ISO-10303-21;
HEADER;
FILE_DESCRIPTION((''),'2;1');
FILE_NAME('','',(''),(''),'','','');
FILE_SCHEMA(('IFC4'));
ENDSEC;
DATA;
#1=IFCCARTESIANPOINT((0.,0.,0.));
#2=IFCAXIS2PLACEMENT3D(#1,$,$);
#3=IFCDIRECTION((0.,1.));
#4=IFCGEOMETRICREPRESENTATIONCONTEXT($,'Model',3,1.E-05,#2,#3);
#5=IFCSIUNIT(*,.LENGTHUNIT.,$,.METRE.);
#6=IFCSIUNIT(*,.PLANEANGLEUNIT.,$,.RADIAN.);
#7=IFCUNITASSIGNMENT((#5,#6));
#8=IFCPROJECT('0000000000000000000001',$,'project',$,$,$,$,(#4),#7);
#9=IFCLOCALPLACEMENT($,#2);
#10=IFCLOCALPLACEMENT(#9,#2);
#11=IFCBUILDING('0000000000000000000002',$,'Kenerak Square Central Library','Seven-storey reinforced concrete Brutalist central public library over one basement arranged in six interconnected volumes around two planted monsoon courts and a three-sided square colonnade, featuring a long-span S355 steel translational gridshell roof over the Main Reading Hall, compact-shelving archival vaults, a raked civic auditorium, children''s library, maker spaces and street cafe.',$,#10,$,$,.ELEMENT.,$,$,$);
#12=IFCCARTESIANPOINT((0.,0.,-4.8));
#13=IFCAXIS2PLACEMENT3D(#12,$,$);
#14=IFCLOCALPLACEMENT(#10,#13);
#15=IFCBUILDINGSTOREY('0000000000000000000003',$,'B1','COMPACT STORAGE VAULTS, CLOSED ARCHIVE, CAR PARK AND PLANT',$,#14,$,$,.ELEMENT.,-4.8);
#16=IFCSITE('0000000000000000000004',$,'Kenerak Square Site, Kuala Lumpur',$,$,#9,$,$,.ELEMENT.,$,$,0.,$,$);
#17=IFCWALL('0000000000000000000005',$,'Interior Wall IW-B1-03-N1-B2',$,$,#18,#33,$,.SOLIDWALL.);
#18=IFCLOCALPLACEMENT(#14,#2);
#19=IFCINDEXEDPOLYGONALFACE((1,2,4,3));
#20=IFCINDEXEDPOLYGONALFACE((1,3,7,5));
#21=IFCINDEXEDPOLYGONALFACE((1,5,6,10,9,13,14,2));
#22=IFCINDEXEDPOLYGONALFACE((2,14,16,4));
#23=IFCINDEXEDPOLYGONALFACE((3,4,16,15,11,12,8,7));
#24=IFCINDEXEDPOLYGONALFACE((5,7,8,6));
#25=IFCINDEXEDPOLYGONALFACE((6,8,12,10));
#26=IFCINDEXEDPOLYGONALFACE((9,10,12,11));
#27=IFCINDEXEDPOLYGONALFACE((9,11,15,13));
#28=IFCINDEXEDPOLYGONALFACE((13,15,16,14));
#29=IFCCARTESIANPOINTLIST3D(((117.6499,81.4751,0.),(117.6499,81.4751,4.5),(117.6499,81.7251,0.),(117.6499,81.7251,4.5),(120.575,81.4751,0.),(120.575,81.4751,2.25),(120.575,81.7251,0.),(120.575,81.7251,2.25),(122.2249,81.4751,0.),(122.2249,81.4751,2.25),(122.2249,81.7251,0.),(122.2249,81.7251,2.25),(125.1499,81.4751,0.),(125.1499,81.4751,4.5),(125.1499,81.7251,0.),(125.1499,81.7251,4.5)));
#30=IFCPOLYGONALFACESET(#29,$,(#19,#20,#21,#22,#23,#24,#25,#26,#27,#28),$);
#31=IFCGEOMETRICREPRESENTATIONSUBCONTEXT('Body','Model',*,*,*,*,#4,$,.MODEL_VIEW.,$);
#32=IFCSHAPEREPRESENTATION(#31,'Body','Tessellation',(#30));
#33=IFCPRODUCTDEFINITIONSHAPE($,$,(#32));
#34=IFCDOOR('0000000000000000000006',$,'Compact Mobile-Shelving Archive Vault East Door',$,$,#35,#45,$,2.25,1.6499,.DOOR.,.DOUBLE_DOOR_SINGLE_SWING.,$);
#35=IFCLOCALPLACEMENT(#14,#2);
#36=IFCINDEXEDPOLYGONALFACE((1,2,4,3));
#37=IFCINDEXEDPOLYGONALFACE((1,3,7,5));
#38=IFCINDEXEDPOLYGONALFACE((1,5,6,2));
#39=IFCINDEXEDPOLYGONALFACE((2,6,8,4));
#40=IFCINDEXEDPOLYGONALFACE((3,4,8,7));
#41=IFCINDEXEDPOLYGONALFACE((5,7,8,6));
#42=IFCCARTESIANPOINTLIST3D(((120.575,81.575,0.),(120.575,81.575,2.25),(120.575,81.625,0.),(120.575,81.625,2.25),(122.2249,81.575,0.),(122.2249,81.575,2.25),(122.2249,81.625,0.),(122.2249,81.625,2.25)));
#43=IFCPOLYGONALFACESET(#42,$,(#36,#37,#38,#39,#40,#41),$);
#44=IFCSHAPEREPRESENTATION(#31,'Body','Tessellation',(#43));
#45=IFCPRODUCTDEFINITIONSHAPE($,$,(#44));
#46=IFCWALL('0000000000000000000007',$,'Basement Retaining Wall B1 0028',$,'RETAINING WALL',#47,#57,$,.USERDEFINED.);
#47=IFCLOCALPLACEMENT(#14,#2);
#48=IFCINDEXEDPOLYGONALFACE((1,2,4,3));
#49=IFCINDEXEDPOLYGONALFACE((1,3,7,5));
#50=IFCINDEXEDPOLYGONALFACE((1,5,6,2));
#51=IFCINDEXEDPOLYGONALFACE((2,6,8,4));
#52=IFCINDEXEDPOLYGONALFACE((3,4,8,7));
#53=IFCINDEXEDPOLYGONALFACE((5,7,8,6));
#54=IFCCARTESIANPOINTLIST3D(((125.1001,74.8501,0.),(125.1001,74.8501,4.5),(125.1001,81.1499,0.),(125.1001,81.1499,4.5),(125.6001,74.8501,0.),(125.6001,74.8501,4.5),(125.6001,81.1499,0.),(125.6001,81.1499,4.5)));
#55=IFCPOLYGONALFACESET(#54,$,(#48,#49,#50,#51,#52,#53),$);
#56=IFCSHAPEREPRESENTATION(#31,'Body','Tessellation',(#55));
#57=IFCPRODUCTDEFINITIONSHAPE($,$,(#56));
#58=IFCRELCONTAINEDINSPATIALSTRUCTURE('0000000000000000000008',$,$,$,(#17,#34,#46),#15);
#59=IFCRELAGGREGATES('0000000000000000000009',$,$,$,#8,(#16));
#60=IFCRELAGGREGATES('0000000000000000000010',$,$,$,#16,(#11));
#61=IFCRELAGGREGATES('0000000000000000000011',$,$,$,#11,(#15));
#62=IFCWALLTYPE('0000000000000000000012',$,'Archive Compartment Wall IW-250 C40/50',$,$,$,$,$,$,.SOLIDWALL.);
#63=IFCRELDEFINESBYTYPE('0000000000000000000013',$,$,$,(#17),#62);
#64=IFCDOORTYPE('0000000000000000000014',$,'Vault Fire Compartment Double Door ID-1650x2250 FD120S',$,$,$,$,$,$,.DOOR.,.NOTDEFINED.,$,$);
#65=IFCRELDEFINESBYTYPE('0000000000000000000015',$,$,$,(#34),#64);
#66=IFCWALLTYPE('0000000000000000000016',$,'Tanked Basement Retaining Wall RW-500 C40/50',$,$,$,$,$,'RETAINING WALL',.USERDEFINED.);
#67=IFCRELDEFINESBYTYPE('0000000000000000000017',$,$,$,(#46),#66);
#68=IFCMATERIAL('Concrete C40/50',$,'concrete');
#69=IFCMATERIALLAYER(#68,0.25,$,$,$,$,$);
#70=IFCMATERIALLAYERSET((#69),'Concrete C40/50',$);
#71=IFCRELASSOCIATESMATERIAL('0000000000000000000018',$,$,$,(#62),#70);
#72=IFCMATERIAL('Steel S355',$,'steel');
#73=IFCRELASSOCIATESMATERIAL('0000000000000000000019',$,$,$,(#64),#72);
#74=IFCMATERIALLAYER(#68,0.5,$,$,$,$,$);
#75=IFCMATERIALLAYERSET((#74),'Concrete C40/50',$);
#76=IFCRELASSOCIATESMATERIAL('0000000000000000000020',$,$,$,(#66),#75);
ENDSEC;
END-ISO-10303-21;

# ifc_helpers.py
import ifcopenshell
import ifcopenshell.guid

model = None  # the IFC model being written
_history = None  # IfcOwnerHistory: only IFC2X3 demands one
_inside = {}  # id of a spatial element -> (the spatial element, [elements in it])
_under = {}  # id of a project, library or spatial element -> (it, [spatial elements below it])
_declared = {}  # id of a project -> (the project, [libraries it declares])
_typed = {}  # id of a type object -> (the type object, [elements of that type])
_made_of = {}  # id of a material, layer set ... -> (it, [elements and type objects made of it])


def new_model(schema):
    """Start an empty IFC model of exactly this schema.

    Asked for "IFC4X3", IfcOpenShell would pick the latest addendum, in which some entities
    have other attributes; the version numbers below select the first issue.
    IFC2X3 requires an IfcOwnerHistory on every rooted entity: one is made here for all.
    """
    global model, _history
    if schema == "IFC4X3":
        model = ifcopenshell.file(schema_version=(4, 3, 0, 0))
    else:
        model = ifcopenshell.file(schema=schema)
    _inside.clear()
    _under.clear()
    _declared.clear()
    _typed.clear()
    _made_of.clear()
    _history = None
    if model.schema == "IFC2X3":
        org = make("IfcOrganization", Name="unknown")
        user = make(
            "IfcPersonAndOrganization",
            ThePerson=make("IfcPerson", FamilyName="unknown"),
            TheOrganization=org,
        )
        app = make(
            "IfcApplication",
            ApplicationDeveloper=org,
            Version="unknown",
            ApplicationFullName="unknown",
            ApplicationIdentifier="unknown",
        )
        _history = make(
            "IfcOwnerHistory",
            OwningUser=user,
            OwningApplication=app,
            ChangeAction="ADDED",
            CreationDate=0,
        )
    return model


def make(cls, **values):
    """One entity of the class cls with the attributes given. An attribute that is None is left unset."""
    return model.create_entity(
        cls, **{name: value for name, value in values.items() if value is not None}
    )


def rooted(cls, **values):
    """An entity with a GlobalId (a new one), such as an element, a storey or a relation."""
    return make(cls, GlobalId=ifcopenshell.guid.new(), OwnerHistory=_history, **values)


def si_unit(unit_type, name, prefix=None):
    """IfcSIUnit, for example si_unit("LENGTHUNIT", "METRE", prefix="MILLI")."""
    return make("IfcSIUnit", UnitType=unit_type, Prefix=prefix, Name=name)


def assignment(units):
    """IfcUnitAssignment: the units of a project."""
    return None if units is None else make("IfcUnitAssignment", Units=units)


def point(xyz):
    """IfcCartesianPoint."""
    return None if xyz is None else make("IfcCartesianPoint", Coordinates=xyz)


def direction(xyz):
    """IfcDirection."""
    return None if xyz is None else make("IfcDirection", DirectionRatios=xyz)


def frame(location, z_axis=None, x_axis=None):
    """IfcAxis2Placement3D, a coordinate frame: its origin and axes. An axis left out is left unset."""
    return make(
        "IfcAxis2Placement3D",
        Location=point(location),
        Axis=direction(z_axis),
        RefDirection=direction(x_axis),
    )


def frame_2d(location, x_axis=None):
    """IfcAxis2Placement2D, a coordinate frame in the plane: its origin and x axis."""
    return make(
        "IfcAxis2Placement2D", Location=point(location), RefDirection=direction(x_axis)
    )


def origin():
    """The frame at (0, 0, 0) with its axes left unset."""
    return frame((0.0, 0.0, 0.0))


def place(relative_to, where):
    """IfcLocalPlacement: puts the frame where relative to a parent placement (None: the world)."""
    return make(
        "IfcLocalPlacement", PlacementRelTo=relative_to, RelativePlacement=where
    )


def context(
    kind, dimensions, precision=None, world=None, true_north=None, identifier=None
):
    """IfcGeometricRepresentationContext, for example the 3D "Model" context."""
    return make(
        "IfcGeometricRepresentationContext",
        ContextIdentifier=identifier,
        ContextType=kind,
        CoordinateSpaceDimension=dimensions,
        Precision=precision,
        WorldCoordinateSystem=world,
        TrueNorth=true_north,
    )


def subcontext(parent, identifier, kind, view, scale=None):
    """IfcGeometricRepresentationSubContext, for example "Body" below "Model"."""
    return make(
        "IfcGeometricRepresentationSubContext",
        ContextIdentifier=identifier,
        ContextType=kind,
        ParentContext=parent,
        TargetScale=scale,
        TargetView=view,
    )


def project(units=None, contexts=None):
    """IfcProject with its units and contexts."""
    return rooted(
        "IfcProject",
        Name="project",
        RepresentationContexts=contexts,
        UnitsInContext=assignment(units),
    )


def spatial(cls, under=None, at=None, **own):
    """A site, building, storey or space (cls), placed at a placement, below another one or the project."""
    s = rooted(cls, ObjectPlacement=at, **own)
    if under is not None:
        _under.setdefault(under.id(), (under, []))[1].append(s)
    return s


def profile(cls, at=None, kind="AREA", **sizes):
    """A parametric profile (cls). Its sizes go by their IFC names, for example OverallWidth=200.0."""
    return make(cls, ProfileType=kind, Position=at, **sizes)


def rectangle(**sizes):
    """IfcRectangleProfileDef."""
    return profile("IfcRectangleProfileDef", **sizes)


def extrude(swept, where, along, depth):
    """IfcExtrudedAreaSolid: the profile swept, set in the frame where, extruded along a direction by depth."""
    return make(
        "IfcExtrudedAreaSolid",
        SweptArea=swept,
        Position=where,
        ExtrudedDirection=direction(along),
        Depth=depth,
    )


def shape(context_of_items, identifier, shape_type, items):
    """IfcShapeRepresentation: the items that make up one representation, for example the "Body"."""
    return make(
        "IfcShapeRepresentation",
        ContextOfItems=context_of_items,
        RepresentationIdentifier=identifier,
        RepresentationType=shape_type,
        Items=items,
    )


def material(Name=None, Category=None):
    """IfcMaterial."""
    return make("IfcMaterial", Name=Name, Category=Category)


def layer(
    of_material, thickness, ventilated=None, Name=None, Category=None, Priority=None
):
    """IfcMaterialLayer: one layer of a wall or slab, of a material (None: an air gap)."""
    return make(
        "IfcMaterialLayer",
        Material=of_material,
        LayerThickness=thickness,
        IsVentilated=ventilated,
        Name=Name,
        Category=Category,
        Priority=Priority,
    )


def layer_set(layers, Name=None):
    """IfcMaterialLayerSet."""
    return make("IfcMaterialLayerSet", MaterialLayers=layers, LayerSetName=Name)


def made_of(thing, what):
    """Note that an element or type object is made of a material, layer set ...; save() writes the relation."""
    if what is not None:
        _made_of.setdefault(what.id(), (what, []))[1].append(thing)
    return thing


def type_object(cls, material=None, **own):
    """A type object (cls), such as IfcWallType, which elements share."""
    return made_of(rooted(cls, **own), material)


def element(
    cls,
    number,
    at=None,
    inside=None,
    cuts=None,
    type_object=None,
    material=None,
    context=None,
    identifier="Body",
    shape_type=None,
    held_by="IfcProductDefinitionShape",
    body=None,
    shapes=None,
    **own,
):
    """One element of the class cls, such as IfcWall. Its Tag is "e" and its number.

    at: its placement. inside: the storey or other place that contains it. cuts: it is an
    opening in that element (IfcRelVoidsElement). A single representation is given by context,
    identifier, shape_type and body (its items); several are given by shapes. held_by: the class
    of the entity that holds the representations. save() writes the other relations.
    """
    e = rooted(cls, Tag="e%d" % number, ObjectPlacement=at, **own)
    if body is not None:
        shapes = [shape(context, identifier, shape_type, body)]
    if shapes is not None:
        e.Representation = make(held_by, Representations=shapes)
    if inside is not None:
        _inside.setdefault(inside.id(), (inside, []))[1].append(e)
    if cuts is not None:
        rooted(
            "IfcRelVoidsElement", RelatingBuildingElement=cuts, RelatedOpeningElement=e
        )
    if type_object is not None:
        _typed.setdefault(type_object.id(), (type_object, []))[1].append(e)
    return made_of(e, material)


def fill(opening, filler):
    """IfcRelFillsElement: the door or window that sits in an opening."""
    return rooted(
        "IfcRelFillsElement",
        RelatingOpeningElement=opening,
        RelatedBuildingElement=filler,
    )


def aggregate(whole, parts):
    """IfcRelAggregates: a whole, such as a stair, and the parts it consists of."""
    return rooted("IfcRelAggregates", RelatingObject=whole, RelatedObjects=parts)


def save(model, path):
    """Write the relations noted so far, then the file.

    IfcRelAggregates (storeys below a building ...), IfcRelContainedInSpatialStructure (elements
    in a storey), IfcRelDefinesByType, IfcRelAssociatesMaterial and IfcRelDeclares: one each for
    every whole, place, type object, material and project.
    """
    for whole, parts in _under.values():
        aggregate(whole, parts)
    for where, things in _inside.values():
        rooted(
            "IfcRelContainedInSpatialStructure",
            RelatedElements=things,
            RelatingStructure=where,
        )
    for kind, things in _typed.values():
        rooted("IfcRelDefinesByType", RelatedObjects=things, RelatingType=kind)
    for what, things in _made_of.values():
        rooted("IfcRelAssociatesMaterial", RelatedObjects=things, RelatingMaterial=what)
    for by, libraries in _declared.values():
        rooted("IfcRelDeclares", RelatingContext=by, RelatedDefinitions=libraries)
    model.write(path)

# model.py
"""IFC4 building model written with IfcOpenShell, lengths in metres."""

from ifc_helpers import new_model, si_unit, direction, frame, frame_2d, origin, place, context, subcontext, project, spatial, rectangle, extrude, material, layer, layer_set, type_object, element, fill, save


model = new_model("IFC4")

# Units and contexts
model_context = context("Model", 3, precision=1e-05, world=origin(), true_north=direction((0.0, 1.0)))
body_context = subcontext(model_context, "Body", "Model", "MODEL_VIEW")
ifc_project = project(units=[si_unit("LENGTHUNIT", "METRE"), si_unit("PLANEANGLEUNIT", "RADIAN")], contexts=[model_context])

# Site, building, storey
site_placement = place(None, origin())
site = spatial("IfcSite", under=ifc_project, at=site_placement, Name="Kenerak Square Site, Kuala Lumpur", CompositionType="ELEMENT", RefElevation=0.0)
building_placement = place(site_placement, origin())
building = spatial("IfcBuilding", under=site, at=building_placement, Name="Kenerak Square Central Library", Description="Seven-storey reinforced concrete Brutalist central public library over one basement arranged in six interconnected volumes around two planted monsoon courts and a three-sided square colonnade, featuring a long-span S355 steel translational gridshell roof over the Main Reading Hall, compact-shelving archival vaults, a raked civic auditorium, children's library, maker spaces and street cafe.", CompositionType="ELEMENT")
storey_placement = place(building_placement, frame((0.0, 0.0, -4.8)))
storey = spatial("IfcBuildingStorey", under=building, at=storey_placement, Name="B1", Description="COMPACT STORAGE VAULTS, CLOSED ARCHIVE, CAR PARK AND PLANT", CompositionType="ELEMENT", Elevation=-4.8)

# Shared definitions
ifc_material_1 = material(Name="Concrete C40/50", Category="concrete")

# Wall, opening, door
ifc_layer_1 = layer(ifc_material_1, 0.25)
ifc_layer_set_1 = layer_set([ifc_layer_1], Name="Concrete C40/50")
wall_type_1 = type_object("IfcWallType", Name="Archive Compartment Wall IW-250 C40/50", PredefinedType="SOLIDWALL", material=ifc_layer_set_1)
wall_1_placement = place(storey_placement, frame((117.6499, 81.6001, 0.0), z_axis=(0.0, 0.0, 1.0), x_axis=(1.0, 0.0, 0.0)))
wall_1 = element("IfcWall", 1, at=wall_1_placement, inside=storey, type_object=wall_type_1, Name="Interior Wall IW-B1-03-N1-B2", PredefinedType="SOLIDWALL", context=body_context, shape_type="SweptSolid", body=[
    extrude(rectangle(XDim=7.5, YDim=0.25, at=frame_2d((3.75, 0.0))), origin(), (0.0, 0.0, 1.0), 4.5),
])
opening_placement = place(wall_1_placement, frame((2.925, 0.0, 0.0)))
opening = element("IfcOpeningElement", 2, at=opening_placement, cuts=wall_1, PredefinedType="OPENING", context=body_context, shape_type="SweptSolid", body=[
    extrude(rectangle(XDim=1.6499, YDim=2.25, at=frame_2d((0.825, 1.125))), frame((0.0, 0.135, 0.0), z_axis=(0.0, -1.0, 0.0), x_axis=(1.0, 0.0, 0.0)), (0.0, 0.0, 1.0), 0.27),
])
ifc_material_2 = material(Name="Steel S355", Category="steel")
door_type = type_object("IfcDoorType", Name="Vault Fire Compartment Double Door ID-1650x2250 FD120S", OperationType="NOTDEFINED", PredefinedType="DOOR", material=ifc_material_2)
door_placement = place(opening_placement, origin())
door = element("IfcDoor", 3, at=door_placement, inside=storey, type_object=door_type, Name="Compact Mobile-Shelving Archive Vault East Door", OperationType="DOUBLE_DOOR_SINGLE_SWING", OverallHeight=2.25, OverallWidth=1.6499, PredefinedType="DOOR", context=body_context, shape_type="SweptSolid", body=[
    extrude(rectangle(XDim=1.6499, YDim=2.25, at=frame_2d((0.825, 1.125))), frame((0.0, 0.0249, 0.0), z_axis=(0.0, -1.0, 0.0), x_axis=(1.0, 0.0, 0.0)), (0.0, 0.0, 1.0), 0.05),
])
fill(opening, door)

# Wall
ifc_layer_2 = layer(ifc_material_1, 0.5)
ifc_layer_set_2 = layer_set([ifc_layer_2], Name="Concrete C40/50")
wall_type_2 = type_object("IfcWallType", Name="Tanked Basement Retaining Wall RW-500 C40/50", ElementType="RETAINING WALL", PredefinedType="USERDEFINED", material=ifc_layer_set_2)
wall_2_placement = place(storey_placement, frame((125.3501, 81.1499, 0.0), z_axis=(0.0, 0.0, 1.0), x_axis=(0.0, -1.0, 0.0)))
element("IfcWall", 4, at=wall_2_placement, inside=storey, type_object=wall_type_2, Name="Basement Retaining Wall B1 0028", ObjectType="RETAINING WALL", PredefinedType="USERDEFINED", context=body_context, shape_type="SweptSolid", body=[
    extrude(rectangle(XDim=6.2998, YDim=0.5, at=frame_2d((3.1499, 0.0))), origin(), (0.0, 0.0, 1.0), 4.5),
])

save(model, "model.ifc")
